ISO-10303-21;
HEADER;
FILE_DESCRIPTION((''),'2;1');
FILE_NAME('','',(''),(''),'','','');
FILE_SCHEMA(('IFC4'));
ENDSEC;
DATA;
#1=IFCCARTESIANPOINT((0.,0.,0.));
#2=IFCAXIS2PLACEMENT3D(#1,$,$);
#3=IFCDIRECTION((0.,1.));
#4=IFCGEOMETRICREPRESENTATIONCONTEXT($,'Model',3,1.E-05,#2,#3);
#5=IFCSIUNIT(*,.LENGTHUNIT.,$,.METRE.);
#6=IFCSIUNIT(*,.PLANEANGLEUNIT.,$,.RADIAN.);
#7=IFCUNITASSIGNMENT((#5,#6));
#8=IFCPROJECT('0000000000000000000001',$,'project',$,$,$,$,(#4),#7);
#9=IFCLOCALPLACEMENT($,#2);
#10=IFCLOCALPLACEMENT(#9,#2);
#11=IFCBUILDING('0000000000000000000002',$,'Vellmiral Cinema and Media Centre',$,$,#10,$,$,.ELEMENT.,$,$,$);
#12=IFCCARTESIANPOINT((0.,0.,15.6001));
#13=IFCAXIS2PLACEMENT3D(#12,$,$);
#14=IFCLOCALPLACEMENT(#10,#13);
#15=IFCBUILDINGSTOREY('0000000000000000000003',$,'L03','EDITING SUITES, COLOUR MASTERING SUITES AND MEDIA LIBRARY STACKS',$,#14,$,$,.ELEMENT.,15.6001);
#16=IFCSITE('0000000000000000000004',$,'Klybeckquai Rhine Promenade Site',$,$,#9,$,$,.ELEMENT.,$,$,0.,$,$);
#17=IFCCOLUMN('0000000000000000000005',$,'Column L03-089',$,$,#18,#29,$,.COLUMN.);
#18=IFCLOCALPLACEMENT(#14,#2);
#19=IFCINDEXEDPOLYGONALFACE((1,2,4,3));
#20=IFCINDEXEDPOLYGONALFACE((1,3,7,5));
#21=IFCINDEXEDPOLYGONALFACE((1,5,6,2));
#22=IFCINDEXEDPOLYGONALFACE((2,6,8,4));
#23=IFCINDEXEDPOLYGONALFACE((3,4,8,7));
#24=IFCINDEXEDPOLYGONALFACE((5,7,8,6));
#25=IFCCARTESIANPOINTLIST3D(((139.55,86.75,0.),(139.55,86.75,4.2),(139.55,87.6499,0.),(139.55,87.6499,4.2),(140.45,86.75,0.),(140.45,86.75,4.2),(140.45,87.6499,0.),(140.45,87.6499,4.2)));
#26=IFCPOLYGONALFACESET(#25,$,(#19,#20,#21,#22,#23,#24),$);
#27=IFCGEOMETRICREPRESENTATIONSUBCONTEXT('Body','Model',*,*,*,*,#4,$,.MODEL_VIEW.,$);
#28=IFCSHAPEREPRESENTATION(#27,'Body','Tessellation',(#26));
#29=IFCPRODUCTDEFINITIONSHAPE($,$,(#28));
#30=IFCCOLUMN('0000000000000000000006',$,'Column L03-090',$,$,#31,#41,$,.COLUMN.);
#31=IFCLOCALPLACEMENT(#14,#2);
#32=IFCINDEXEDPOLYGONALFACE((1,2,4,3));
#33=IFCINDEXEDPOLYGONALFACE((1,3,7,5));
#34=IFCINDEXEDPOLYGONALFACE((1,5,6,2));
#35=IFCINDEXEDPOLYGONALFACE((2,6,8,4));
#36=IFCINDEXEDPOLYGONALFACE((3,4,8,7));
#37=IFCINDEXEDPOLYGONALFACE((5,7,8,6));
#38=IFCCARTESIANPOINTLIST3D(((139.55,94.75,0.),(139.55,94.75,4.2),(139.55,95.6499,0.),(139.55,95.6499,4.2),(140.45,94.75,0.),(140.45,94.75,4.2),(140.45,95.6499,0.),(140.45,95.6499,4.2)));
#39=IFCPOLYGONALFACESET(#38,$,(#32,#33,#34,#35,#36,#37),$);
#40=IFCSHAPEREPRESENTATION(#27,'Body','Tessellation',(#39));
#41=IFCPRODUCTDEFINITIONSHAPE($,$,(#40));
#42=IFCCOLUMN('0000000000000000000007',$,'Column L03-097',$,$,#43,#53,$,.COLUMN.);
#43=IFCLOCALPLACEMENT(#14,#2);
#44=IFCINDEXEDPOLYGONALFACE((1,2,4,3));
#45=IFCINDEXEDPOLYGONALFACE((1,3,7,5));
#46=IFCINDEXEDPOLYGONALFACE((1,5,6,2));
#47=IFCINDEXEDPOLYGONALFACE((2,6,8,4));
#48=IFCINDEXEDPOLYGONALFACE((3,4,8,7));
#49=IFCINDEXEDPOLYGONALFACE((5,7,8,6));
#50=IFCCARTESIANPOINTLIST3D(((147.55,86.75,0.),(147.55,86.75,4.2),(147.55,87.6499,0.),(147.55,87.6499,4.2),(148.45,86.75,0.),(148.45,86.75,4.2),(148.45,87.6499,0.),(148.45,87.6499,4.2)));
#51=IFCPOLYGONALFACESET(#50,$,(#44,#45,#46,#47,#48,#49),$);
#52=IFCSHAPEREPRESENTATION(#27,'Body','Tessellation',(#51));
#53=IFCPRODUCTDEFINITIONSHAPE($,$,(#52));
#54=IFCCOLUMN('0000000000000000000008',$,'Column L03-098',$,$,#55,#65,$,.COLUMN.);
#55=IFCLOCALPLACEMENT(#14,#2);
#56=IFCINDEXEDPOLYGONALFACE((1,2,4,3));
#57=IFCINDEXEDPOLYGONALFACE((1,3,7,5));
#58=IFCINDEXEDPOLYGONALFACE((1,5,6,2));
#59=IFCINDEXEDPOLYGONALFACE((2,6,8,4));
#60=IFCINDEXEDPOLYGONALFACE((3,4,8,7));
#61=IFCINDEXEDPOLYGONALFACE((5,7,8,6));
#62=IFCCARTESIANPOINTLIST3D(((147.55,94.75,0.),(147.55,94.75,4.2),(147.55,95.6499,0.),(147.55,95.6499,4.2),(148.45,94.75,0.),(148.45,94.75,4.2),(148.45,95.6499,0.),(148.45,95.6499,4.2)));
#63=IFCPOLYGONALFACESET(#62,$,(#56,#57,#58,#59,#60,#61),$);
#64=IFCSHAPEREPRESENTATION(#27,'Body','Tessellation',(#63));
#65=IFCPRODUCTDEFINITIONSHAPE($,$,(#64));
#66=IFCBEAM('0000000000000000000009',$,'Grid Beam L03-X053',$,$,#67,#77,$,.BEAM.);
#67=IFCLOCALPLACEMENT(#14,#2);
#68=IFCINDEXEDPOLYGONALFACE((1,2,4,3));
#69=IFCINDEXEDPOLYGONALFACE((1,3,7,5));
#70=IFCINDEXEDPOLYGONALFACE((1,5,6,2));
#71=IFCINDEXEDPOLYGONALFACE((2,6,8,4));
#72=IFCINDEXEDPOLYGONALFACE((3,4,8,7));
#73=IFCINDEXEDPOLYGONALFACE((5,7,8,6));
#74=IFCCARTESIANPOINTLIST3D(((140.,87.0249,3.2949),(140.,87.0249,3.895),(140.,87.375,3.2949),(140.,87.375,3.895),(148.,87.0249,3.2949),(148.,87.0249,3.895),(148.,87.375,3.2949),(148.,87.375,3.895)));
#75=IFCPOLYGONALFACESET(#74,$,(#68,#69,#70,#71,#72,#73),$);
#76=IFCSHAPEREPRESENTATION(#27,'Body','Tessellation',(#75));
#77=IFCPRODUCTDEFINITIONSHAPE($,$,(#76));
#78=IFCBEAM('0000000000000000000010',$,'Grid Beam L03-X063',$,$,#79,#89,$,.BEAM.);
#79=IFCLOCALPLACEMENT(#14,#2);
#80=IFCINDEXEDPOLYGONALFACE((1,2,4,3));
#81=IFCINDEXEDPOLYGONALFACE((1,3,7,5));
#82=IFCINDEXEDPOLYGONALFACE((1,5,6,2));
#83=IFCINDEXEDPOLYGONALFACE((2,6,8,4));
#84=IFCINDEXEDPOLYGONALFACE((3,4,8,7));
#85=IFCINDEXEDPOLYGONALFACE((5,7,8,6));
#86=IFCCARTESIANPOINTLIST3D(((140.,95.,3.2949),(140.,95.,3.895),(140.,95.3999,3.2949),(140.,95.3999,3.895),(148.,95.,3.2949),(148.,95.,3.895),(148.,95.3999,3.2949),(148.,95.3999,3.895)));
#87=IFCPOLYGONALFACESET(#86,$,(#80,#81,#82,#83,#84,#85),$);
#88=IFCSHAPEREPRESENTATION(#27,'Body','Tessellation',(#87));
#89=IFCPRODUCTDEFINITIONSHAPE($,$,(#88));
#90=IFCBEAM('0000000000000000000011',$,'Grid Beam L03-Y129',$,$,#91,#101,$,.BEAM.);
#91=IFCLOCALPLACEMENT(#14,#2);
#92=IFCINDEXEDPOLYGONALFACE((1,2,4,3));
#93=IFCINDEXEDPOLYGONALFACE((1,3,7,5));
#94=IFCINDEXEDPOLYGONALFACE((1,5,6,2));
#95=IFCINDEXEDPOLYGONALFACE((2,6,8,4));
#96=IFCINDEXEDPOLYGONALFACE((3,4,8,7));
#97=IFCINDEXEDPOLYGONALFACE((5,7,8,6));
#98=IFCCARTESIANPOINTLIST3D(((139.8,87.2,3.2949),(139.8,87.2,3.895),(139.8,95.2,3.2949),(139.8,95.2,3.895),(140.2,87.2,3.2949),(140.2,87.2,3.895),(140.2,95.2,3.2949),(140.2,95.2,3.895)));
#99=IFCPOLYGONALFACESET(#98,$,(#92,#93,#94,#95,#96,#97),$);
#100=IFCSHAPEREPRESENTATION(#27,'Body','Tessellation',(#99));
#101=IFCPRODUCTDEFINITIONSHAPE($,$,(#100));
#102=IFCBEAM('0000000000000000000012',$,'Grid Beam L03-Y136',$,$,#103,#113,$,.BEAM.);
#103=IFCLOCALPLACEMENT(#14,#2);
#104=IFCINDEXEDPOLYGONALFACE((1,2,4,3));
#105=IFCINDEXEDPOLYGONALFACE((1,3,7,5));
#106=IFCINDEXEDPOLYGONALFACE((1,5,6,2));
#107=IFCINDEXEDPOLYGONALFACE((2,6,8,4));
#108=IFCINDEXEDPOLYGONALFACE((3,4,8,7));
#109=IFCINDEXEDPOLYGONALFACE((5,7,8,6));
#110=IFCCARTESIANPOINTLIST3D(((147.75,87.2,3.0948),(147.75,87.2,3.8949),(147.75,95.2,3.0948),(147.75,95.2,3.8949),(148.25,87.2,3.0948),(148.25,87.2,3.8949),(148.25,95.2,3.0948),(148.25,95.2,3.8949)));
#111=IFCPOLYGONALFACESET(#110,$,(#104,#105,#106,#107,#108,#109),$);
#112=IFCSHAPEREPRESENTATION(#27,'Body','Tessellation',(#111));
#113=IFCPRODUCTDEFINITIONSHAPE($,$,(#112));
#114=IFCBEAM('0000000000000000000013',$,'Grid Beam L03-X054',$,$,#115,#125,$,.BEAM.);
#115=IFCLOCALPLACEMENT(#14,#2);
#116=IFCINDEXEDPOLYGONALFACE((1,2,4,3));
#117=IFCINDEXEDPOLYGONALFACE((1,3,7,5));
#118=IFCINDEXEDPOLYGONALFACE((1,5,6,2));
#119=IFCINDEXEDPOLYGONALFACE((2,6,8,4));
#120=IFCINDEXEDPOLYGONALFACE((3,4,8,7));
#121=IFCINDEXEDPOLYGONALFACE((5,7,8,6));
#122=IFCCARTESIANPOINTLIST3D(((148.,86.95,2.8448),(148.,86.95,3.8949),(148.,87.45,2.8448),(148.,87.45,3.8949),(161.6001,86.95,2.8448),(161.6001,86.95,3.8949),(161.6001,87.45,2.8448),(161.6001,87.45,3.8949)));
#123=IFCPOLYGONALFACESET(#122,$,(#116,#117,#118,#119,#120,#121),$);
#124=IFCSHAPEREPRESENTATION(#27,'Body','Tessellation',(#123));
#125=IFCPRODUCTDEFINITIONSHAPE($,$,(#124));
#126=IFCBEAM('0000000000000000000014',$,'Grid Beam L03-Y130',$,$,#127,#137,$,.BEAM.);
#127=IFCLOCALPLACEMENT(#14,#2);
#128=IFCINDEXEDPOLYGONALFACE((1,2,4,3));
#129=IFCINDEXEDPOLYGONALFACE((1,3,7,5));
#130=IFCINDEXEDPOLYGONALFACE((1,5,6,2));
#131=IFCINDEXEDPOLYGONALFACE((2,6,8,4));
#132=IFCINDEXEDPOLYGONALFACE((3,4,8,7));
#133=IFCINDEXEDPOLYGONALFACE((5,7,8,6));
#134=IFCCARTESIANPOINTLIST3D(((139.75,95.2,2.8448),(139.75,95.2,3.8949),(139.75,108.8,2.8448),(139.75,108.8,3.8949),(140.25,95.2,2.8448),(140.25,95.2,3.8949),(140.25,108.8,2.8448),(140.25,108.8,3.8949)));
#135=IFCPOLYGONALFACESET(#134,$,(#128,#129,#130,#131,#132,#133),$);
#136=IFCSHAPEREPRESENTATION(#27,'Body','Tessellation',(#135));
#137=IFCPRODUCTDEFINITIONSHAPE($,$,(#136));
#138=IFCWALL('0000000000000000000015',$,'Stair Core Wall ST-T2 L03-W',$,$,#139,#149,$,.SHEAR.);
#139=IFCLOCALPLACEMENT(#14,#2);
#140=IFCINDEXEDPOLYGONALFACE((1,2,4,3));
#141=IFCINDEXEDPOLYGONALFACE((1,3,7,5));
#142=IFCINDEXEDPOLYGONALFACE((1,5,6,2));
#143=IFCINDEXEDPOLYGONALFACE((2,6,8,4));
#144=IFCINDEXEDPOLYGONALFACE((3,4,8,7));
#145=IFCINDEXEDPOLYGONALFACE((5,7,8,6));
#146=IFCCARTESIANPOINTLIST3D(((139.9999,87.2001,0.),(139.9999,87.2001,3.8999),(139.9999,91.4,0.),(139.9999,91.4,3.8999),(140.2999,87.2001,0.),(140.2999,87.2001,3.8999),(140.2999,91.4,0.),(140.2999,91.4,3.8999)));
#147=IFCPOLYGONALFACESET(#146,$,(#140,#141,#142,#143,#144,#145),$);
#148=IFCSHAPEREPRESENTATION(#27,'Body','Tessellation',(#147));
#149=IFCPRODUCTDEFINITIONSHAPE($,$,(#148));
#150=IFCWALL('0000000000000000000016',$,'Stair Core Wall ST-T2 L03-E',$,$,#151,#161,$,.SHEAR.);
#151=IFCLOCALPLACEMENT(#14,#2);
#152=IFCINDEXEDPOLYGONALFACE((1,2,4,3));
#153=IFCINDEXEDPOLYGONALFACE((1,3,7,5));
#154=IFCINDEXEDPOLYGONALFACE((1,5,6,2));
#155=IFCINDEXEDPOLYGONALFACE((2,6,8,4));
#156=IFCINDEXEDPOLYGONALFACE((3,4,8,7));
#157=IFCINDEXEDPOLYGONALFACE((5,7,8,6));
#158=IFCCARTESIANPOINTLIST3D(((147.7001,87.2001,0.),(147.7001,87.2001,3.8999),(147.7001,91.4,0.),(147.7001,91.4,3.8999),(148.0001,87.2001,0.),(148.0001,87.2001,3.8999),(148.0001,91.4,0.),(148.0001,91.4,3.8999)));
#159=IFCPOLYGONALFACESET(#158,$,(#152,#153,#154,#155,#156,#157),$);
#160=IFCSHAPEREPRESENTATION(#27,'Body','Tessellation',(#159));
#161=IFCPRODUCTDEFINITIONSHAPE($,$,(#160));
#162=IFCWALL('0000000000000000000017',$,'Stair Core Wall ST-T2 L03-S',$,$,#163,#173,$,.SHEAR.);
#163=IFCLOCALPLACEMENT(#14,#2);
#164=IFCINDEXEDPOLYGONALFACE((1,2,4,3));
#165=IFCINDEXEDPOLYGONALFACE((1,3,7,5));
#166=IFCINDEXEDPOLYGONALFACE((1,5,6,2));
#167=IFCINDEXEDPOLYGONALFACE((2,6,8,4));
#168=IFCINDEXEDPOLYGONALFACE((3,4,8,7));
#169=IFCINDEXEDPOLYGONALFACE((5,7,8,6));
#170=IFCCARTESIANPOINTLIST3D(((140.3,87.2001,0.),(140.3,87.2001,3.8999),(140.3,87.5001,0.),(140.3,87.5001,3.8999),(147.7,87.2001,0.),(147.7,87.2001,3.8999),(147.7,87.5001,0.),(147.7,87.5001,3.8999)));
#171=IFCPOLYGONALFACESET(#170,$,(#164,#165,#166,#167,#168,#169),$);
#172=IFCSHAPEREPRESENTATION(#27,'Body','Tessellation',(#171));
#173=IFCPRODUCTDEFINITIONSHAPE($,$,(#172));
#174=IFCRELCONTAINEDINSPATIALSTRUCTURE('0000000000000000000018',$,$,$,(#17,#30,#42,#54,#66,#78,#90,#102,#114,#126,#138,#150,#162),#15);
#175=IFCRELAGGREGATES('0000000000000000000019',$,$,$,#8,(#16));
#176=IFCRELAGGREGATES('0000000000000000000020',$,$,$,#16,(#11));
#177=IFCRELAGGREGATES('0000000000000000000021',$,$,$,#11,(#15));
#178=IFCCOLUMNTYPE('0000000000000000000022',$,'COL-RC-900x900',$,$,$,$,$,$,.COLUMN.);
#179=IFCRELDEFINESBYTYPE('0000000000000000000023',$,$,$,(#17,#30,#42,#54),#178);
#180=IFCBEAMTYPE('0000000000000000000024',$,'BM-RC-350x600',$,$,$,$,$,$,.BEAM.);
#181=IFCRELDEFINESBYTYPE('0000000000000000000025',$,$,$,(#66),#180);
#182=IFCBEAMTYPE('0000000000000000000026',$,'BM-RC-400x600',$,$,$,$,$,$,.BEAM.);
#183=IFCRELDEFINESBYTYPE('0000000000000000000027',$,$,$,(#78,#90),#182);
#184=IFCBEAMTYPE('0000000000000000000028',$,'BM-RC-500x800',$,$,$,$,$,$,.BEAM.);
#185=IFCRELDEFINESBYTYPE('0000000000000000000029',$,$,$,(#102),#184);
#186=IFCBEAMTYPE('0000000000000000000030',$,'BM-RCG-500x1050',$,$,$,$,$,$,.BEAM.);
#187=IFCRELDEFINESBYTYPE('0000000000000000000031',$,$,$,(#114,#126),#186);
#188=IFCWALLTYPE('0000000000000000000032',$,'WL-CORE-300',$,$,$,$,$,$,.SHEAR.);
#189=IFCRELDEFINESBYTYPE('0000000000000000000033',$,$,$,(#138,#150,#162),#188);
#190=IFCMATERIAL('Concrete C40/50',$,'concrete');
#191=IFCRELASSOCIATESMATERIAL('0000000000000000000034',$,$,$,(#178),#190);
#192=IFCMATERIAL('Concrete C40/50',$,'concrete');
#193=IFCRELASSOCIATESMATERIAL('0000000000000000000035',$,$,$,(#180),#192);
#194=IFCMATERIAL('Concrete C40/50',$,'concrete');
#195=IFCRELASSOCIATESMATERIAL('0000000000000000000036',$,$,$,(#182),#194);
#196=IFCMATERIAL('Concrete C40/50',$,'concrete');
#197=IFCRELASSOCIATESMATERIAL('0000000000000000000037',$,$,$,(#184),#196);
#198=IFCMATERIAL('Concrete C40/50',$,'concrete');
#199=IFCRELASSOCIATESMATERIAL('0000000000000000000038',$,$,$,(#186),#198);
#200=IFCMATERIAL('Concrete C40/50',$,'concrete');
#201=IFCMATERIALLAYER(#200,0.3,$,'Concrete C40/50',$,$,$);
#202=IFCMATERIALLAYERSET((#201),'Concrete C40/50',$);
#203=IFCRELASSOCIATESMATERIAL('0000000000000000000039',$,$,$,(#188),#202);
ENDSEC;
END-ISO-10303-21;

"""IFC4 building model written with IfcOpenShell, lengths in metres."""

from ifc_helpers import new_model, si_unit, direction, frame, frame_2d, origin, origin_2d, place, context, subcontext, project, spatial, rectangle, extrude, material, layer, layer_set, material_profile, profile_set, type_object, element, save


model = new_model("IFC4")

# Units and contexts
model_context = context("Model", 3, precision=1e-05, world=origin(), true_north=direction((0.0, 1.0)))
body_context = subcontext(model_context, "Body", "Model", "MODEL_VIEW")
ifc_project = project(units=[si_unit("LENGTHUNIT", "METRE"), si_unit("PLANEANGLEUNIT", "RADIAN")], contexts=[model_context])

# Site, building, storey
site_placement = place(None, origin())
site = spatial("IfcSite", under=ifc_project, at=site_placement, Name="Klybeckquai Rhine Promenade Site", CompositionType="ELEMENT", RefElevation=0.0)
building_placement = place(site_placement, origin())
building = spatial("IfcBuilding", under=site, at=building_placement, Name="Vellmiral Cinema and Media Centre", CompositionType="ELEMENT")
storey_placement = place(building_placement, frame((0.0, 0.0, 15.6001)))
storey = spatial("IfcBuildingStorey", under=building, at=storey_placement, Name="L03", Description="EDITING SUITES, COLOUR MASTERING SUITES AND MEDIA LIBRARY STACKS", CompositionType="ELEMENT", Elevation=15.6001)

# Columns
ifc_material_1 = material(Name="Concrete C40/50", Category="concrete")
ifc_material_profile_1 = material_profile(ifc_material_1, rectangle(XDim=0.8999, YDim=0.8999, at=origin_2d()), Name="RC 900x900")
ifc_profile_set_1 = profile_set([ifc_material_profile_1], Name="Concrete C40/50")
column_type = type_object("IfcColumnType", Name="COL-RC-900x900", PredefinedType="COLUMN", material=ifc_profile_set_1)
for number, where, z_axis, x_axis, name in (
    (1, (140.0, 87.2, 0.0), (0.0, 0.0, 1.0), (1.0, 0.0, 0.0), "Column L03-089"),
    (2, (140.0, 95.2, 0.0), (0.0, 0.0, 1.0), (1.0, 0.0, 0.0), "Column L03-090"),
    (3, (148.0, 87.2, 0.0), (0.0, 0.0, 1.0), (1.0, 0.0, 0.0), "Column L03-097"),
    (4, (148.0, 95.2, 0.0), (0.0, 0.0, 1.0), (1.0, 0.0, 0.0), "Column L03-098"),
):
    element("IfcColumn", number, at=place(storey_placement, frame(where, z_axis=z_axis, x_axis=x_axis)), inside=storey, type_object=column_type, Name=name, PredefinedType="COLUMN", context=body_context, shape_type="SweptSolid", body=[
        extrude(rectangle(XDim=0.8999, YDim=0.8999, at=origin_2d()), origin(), (0.0, 0.0, 1.0), 4.2),
    ])

# Beams
ifc_material_2 = material(Name="Concrete C40/50", Category="concrete")
ifc_material_profile_2 = material_profile(ifc_material_2, rectangle(XDim=0.3501, YDim=0.6001, at=origin_2d()), Name="RC 350x600")
ifc_profile_set_2 = profile_set([ifc_material_profile_2], Name="Concrete C40/50")
beam_type_1 = type_object("IfcBeamType", Name="BM-RC-350x600", PredefinedType="BEAM", material=ifc_profile_set_2)
beam_1_placement = place(storey_placement, frame((140.0, 87.2, 3.595), z_axis=(1.0, 0.0, 0.0), x_axis=(0.0, 1.0, 0.0)))
element("IfcBeam", 5, at=beam_1_placement, inside=storey, type_object=beam_type_1, Name="Grid Beam L03-X053", PredefinedType="BEAM", context=body_context, shape_type="SweptSolid", body=[
    extrude(rectangle(XDim=0.3501, YDim=0.6001, at=origin_2d()), origin(), (0.0, 0.0, 1.0), 8.0),
])
ifc_material_3 = material(Name="Concrete C40/50", Category="concrete")
ifc_material_profile_3 = material_profile(ifc_material_3, rectangle(XDim=0.3999, YDim=0.6001, at=origin_2d()), Name="RC 400x600")
ifc_profile_set_3 = profile_set([ifc_material_profile_3], Name="Concrete C40/50")
beam_type_2 = type_object("IfcBeamType", Name="BM-RC-400x600", PredefinedType="BEAM", material=ifc_profile_set_3)
for number, where, z_axis, x_axis, name in (
    (6, (140.0, 95.2, 3.595), (1.0, 0.0, 0.0), (0.0, 1.0, 0.0), "Grid Beam L03-X063"),
    (7, (140.0, 87.2, 3.595), (0.0, 1.0, 0.0), (-1.0, 0.0, 0.0), "Grid Beam L03-Y129"),
):
    element("IfcBeam", number, at=place(storey_placement, frame(where, z_axis=z_axis, x_axis=x_axis)), inside=storey, type_object=beam_type_2, Name=name, PredefinedType="BEAM", context=body_context, shape_type="SweptSolid", body=[
        extrude(rectangle(XDim=0.3999, YDim=0.6001, at=origin_2d()), origin(), (0.0, 0.0, 1.0), 8.0),
    ])
ifc_material_4 = material(Name="Concrete C40/50", Category="concrete")
ifc_material_profile_4 = material_profile(ifc_material_4, rectangle(XDim=0.5, YDim=0.8, at=origin_2d()), Name="RC 500x800")
ifc_profile_set_4 = profile_set([ifc_material_profile_4], Name="Concrete C40/50")
beam_type_3 = type_object("IfcBeamType", Name="BM-RC-500x800", PredefinedType="BEAM", material=ifc_profile_set_4)
beam_2_placement = place(storey_placement, frame((148.0, 87.2, 3.4949), z_axis=(0.0, 1.0, 0.0), x_axis=(-1.0, 0.0, 0.0)))
element("IfcBeam", 8, at=beam_2_placement, inside=storey, type_object=beam_type_3, Name="Grid Beam L03-Y136", PredefinedType="BEAM", context=body_context, shape_type="SweptSolid", body=[
    extrude(rectangle(XDim=0.5, YDim=0.8, at=origin_2d()), origin(), (0.0, 0.0, 1.0), 8.0),
])
ifc_material_5 = material(Name="Concrete C40/50", Category="concrete")
ifc_material_profile_5 = material_profile(ifc_material_5, rectangle(XDim=0.5, YDim=1.05, at=origin_2d()), Name="RC 500x1050")
ifc_profile_set_5 = profile_set([ifc_material_profile_5], Name="Concrete C40/50")
beam_type_4 = type_object("IfcBeamType", Name="BM-RCG-500x1050", PredefinedType="BEAM", material=ifc_profile_set_5)
for number, where, z_axis, x_axis, name in (
    (9, (148.0, 87.2, 3.3699), (1.0, 0.0, 0.0), (0.0, 1.0, 0.0), "Grid Beam L03-X054"),
    (10, (140.0, 95.2, 3.3699), (0.0, 1.0, 0.0), (-1.0, 0.0, 0.0), "Grid Beam L03-Y130"),
):
    element("IfcBeam", number, at=place(storey_placement, frame(where, z_axis=z_axis, x_axis=x_axis)), inside=storey, type_object=beam_type_4, Name=name, PredefinedType="BEAM", context=body_context, shape_type="SweptSolid", body=[
        extrude(rectangle(XDim=0.5, YDim=1.05, at=origin_2d()), origin(), (0.0, 0.0, 1.0), 13.6001),
    ])

# Walls
ifc_material_6 = material(Name="Concrete C40/50", Category="concrete")
ifc_layer_1 = layer(ifc_material_6, 0.3, Name="Concrete C40/50")
ifc_layer_set_1 = layer_set([ifc_layer_1], Name="Concrete C40/50")
wall_type_1 = type_object("IfcWallType", Name="WL-CORE-300", PredefinedType="SHEAR", material=ifc_layer_set_1)
for number, where, z_axis, x_axis, name in (
    (11, (140.1499, 87.2, 0.0), (0.0, 0.0, 1.0), (0.0, 1.0, 0.0), "Stair Core Wall ST-T2 L03-W"),
    (12, (147.8501, 87.2, 0.0), (0.0, 0.0, 1.0), (0.0, 1.0, 0.0), "Stair Core Wall ST-T2 L03-E"),
):
    element("IfcWall", number, at=place(storey_placement, frame(where, z_axis=z_axis, x_axis=x_axis)), inside=storey, type_object=wall_type_1, Name=name, PredefinedType="SHEAR", context=body_context, shape_type="SweptSolid", body=[
        extrude(rectangle(XDim=4.2, YDim=0.3, at=frame_2d((2.1001, 0.0))), origin(), (0.0, 0.0, 1.0), 3.8999),
    ])
wall_1_placement = place(storey_placement, frame((140.3, 87.3501, 0.0), z_axis=(0.0, 0.0, 1.0), x_axis=(1.0, 0.0, 0.0)))
element("IfcWall", 13, at=wall_1_placement, inside=storey, type_object=wall_type_1, Name="Stair Core Wall ST-T2 L03-S", PredefinedType="SHEAR", context=body_context, shape_type="SweptSolid", body=[
    extrude(rectangle(XDim=7.3999, YDim=0.3, at=frame_2d((3.7, 0.0))), origin(), (0.0, 0.0, 1.0), 3.8999),
])

save(model, "model.ifc")
